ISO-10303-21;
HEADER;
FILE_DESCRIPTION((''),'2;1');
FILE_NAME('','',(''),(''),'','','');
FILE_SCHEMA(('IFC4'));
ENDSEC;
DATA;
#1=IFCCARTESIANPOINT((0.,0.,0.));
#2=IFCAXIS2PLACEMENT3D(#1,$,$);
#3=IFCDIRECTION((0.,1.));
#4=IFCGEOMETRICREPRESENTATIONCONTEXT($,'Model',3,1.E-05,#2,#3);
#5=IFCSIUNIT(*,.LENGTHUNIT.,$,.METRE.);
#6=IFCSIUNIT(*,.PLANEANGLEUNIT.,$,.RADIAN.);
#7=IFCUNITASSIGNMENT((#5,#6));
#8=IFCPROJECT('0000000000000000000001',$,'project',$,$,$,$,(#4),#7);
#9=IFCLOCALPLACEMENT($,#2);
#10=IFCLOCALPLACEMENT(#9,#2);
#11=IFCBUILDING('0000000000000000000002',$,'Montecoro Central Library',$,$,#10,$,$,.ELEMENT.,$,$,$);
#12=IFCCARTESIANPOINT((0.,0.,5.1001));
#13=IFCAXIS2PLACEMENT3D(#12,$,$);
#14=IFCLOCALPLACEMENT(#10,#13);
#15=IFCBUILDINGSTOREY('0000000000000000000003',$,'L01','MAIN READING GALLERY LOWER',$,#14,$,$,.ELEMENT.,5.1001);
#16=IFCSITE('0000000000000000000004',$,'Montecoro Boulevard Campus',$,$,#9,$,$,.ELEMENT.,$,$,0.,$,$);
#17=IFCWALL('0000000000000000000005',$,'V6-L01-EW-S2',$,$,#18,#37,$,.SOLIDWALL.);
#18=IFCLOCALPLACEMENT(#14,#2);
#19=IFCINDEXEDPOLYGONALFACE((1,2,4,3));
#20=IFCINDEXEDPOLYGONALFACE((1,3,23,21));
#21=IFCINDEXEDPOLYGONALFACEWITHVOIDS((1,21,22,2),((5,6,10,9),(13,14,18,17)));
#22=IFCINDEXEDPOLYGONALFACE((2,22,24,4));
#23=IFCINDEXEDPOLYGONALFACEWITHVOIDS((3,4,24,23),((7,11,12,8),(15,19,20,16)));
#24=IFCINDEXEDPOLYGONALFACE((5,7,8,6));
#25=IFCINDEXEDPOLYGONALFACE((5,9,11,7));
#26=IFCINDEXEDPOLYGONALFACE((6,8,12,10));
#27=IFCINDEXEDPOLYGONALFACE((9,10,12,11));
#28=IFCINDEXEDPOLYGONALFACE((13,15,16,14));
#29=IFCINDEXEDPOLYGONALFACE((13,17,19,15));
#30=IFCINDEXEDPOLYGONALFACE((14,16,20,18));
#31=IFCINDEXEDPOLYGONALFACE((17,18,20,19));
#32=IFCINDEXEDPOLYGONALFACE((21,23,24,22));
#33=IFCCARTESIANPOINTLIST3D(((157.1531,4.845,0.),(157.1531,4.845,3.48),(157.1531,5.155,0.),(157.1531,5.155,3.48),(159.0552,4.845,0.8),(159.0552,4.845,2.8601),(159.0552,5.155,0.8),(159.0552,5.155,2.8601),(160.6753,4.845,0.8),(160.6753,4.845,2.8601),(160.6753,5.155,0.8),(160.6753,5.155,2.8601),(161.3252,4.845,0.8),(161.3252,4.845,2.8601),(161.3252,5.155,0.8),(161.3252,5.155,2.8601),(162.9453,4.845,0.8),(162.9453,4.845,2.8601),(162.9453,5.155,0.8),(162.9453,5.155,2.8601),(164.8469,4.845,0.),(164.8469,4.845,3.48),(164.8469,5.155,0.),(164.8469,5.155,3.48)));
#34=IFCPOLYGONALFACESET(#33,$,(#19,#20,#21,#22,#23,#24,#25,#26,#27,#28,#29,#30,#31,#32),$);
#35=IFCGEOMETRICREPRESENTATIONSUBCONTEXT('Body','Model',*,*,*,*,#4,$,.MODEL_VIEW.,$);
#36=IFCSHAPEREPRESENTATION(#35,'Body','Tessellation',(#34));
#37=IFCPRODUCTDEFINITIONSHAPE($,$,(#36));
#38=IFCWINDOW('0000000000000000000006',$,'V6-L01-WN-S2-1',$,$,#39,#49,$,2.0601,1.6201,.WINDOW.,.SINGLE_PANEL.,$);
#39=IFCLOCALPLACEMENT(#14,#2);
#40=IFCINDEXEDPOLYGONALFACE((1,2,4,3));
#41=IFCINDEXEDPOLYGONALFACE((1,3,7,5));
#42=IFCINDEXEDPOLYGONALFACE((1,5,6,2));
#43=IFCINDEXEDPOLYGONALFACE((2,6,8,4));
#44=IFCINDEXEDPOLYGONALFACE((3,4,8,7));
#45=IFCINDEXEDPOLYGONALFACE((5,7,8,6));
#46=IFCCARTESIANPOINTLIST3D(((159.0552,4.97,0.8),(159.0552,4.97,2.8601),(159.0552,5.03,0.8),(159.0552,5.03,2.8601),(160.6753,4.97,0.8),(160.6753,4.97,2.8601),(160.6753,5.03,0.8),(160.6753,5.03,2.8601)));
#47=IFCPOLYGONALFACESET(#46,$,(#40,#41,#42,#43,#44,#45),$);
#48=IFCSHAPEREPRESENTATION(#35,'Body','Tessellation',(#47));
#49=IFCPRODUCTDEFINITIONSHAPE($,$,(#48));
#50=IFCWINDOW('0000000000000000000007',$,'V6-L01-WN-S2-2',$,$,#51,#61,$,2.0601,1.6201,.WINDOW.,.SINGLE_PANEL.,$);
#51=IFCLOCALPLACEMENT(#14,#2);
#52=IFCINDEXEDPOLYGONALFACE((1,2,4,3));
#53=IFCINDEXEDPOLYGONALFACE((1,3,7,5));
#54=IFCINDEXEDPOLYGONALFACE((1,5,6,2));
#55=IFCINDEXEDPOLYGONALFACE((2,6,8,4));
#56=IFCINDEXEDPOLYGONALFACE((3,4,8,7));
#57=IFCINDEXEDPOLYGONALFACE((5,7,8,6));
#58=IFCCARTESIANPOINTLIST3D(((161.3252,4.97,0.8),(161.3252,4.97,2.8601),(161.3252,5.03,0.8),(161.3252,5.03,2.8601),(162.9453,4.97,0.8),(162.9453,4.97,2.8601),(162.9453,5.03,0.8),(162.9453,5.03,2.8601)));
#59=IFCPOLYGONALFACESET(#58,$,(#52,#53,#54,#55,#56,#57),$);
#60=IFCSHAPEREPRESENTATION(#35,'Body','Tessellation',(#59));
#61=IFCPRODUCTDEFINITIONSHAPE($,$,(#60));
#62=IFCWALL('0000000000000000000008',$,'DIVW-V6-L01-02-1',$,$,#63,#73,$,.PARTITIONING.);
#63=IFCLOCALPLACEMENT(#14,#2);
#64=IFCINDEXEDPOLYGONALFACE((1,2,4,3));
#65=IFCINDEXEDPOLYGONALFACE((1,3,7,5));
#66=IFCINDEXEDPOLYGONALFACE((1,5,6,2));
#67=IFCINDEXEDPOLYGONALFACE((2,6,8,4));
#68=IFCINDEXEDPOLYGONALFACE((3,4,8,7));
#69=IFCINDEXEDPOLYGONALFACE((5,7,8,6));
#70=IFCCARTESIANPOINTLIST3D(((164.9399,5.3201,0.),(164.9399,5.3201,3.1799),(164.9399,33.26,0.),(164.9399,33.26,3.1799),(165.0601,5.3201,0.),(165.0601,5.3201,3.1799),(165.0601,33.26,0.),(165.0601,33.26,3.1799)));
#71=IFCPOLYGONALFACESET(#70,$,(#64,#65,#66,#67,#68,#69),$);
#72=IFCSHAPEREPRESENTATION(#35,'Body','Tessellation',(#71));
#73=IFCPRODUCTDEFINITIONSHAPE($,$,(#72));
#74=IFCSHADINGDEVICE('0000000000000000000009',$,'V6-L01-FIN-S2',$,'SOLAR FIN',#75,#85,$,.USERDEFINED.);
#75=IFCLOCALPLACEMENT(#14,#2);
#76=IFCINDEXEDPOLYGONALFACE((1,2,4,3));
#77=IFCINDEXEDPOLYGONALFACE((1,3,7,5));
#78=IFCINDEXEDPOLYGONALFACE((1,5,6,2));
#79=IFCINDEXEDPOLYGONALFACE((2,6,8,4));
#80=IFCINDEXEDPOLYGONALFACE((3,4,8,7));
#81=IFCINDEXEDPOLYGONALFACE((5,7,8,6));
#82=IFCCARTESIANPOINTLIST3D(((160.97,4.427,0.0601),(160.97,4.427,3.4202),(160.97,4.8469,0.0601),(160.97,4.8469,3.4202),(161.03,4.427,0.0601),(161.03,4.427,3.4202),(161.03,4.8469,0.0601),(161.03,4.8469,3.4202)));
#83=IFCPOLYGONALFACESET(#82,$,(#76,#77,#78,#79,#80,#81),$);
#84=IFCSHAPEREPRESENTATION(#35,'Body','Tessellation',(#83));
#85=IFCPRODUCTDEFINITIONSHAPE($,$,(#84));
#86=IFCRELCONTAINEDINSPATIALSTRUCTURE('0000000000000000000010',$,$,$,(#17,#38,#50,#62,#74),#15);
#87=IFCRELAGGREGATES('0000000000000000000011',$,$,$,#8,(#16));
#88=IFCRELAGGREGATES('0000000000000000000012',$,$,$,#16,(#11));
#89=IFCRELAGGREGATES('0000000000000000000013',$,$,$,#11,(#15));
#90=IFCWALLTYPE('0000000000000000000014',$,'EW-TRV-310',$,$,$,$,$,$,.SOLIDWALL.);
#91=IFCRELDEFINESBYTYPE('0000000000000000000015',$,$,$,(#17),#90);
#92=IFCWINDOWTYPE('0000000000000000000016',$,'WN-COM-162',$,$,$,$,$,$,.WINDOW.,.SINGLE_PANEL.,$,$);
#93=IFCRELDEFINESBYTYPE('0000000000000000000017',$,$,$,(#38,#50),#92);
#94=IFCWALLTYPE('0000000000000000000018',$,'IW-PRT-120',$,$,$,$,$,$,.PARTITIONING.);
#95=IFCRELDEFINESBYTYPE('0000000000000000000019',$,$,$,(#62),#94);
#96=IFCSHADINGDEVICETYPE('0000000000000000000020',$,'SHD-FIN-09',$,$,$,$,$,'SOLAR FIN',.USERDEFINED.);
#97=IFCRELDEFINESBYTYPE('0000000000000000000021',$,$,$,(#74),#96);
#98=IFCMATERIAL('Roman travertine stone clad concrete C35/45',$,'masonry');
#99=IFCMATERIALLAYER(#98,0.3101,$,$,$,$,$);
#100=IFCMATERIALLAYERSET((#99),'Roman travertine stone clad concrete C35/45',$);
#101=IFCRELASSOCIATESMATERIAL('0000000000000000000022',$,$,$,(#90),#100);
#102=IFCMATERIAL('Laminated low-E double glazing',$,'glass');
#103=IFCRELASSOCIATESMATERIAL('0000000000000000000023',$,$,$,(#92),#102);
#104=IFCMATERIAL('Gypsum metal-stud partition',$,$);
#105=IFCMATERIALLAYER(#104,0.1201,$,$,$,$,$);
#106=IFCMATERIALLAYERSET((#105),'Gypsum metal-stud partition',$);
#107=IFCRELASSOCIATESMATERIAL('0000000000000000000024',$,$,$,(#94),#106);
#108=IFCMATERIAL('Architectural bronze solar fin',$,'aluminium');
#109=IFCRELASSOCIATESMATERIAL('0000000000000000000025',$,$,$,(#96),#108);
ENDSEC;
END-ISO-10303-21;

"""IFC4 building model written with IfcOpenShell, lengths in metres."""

from ifc_helpers import new_model, si_unit, direction, frame, frame_2d, origin, origin_2d, place, context, subcontext, project, spatial, rectangle, extrude, material, layer, layer_set, type_object, element, fill, save


model = new_model("IFC4")

# Units and contexts
model_context = context("Model", 3, precision=1e-05, world=origin(), true_north=direction((0.0, 1.0)))
body_context = subcontext(model_context, "Body", "Model", "MODEL_VIEW")
ifc_project = project(units=[si_unit("LENGTHUNIT", "METRE"), si_unit("PLANEANGLEUNIT", "RADIAN")], contexts=[model_context])

# Site, building, storey
site_placement = place(None, origin())
site = spatial("IfcSite", under=ifc_project, at=site_placement, Name="Montecoro Boulevard Campus", CompositionType="ELEMENT", RefElevation=0.0)
building_placement = place(site_placement, origin())
building = spatial("IfcBuilding", under=site, at=building_placement, Name="Montecoro Central Library", CompositionType="ELEMENT")
storey_placement = place(building_placement, frame((0.0, 0.0, 5.1001)))
storey = spatial("IfcBuildingStorey", under=building, at=storey_placement, Name="L01", Description="MAIN READING GALLERY LOWER", CompositionType="ELEMENT", Elevation=5.1001)

# Shared definitions
ifc_material_1 = material(Name="Laminated low-E double glazing", Category="glass")

# Wall, openings, windows
ifc_material_2 = material(Name="Roman travertine stone clad concrete C35/45", Category="masonry")
ifc_layer_1 = layer(ifc_material_2, 0.3101)
ifc_layer_set_1 = layer_set([ifc_layer_1], Name="Roman travertine stone clad concrete C35/45")
wall_type_1 = type_object("IfcWallType", Name="EW-TRV-310", PredefinedType="SOLIDWALL", material=ifc_layer_set_1)
wall_1_placement = place(storey_placement, frame((157.1531, 5.0, 0.0), z_axis=(0.0, 0.0, 1.0), x_axis=(1.0, 0.0, 0.0)))
wall_1 = element("IfcWall", 1, at=wall_1_placement, inside=storey, type_object=wall_type_1, Name="V6-L01-EW-S2", PredefinedType="SOLIDWALL", context=body_context, shape_type="SweptSolid", body=[
    extrude(rectangle(XDim=7.6938, YDim=0.3101, at=frame_2d((3.8469, 0.0))), origin(), (0.0, 0.0, 1.0), 3.48),
])
opening_1_placement = place(wall_1_placement, frame((1.9021, 0.0, 0.8)))
opening_1 = element("IfcOpeningElement", 2, at=opening_1_placement, cuts=wall_1, PredefinedType="OPENING", context=body_context, shape_type="SweptSolid", body=[
    extrude(rectangle(XDim=1.6201, YDim=2.0601, at=frame_2d((0.8101, 1.03))), frame((0.0, 0.165, 0.0), z_axis=(0.0, -1.0, 0.0), x_axis=(1.0, 0.0, 0.0)), (0.0, 0.0, 1.0), 0.3301),
])
opening_2_placement = place(wall_1_placement, frame((4.1721, 0.0, 0.8)))
opening_2 = element("IfcOpeningElement", 3, at=opening_2_placement, cuts=wall_1, PredefinedType="OPENING", context=body_context, shape_type="SweptSolid", body=[
    extrude(rectangle(XDim=1.6201, YDim=2.0601, at=frame_2d((0.8101, 1.03))), frame((0.0, 0.165, 0.0), z_axis=(0.0, -1.0, 0.0), x_axis=(1.0, 0.0, 0.0)), (0.0, 0.0, 1.0), 0.3301),
])
window_type = type_object("IfcWindowType", Name="WN-COM-162", PartitioningType="SINGLE_PANEL", PredefinedType="WINDOW", material=ifc_material_1)
window_1_placement = place(opening_1_placement, origin())
window_1 = element("IfcWindow", 4, at=window_1_placement, inside=storey, type_object=window_type, Name="V6-L01-WN-S2-1", OverallHeight=2.0601, OverallWidth=1.6201, PartitioningType="SINGLE_PANEL", PredefinedType="WINDOW", context=body_context, shape_type="SweptSolid", body=[
    extrude(rectangle(XDim=1.6201, YDim=2.0601, at=frame_2d((0.8101, 1.03))), frame((0.0, 0.03, 0.0), z_axis=(0.0, -1.0, 0.0), x_axis=(1.0, 0.0, 0.0)), (0.0, 0.0, 1.0), 0.0601),
])
fill(opening_1, window_1)
window_2_placement = place(opening_2_placement, origin())
window_2 = element("IfcWindow", 5, at=window_2_placement, inside=storey, type_object=window_type, Name="V6-L01-WN-S2-2", OverallHeight=2.0601, OverallWidth=1.6201, PartitioningType="SINGLE_PANEL", PredefinedType="WINDOW", context=body_context, shape_type="SweptSolid", body=[
    extrude(rectangle(XDim=1.6201, YDim=2.0601, at=frame_2d((0.8101, 1.03))), frame((0.0, 0.03, 0.0), z_axis=(0.0, -1.0, 0.0), x_axis=(1.0, 0.0, 0.0)), (0.0, 0.0, 1.0), 0.0601),
])
fill(opening_2, window_2)

# Wall
ifc_material_3 = material(Name="Gypsum metal-stud partition")
ifc_layer_2 = layer(ifc_material_3, 0.1201)
ifc_layer_set_2 = layer_set([ifc_layer_2], Name="Gypsum metal-stud partition")
wall_type_2 = type_object("IfcWallType", Name="IW-PRT-120", PredefinedType="PARTITIONING", material=ifc_layer_set_2)
wall_2_placement = place(storey_placement, frame((165.0, 5.3201, 0.0), z_axis=(0.0, 0.0, 1.0), x_axis=(0.0, 1.0, 0.0)))
element("IfcWall", 6, at=wall_2_placement, inside=storey, type_object=wall_type_2, Name="DIVW-V6-L01-02-1", PredefinedType="PARTITIONING", context=body_context, shape_type="SweptSolid", body=[
    extrude(rectangle(XDim=27.9399, YDim=0.1201, at=frame_2d((13.97, 0.0))), origin(), (0.0, 0.0, 1.0), 3.1799),
])

# Shading device
ifc_material_4 = material(Name="Architectural bronze solar fin", Category="aluminium")
shading_device_type = type_object("IfcShadingDeviceType", Name="SHD-FIN-09", ElementType="SOLAR FIN", PredefinedType="USERDEFINED", material=ifc_material_4)
shading_device_placement = place(storey_placement, frame((161.0, 4.637, 0.0601), z_axis=(0.0, 0.0, 1.0), x_axis=(1.0, 0.0, 0.0)))
element("IfcShadingDevice", 7, at=shading_device_placement, inside=storey, type_object=shading_device_type, Name="V6-L01-FIN-S2", ObjectType="SOLAR FIN", PredefinedType="USERDEFINED", context=body_context, shape_type="SweptSolid", body=[
    extrude(rectangle(XDim=0.0601, YDim=0.4199, at=origin_2d()), origin(), (0.0, 0.0, 1.0), 3.3601),
])

save(model, "model.ifc")
